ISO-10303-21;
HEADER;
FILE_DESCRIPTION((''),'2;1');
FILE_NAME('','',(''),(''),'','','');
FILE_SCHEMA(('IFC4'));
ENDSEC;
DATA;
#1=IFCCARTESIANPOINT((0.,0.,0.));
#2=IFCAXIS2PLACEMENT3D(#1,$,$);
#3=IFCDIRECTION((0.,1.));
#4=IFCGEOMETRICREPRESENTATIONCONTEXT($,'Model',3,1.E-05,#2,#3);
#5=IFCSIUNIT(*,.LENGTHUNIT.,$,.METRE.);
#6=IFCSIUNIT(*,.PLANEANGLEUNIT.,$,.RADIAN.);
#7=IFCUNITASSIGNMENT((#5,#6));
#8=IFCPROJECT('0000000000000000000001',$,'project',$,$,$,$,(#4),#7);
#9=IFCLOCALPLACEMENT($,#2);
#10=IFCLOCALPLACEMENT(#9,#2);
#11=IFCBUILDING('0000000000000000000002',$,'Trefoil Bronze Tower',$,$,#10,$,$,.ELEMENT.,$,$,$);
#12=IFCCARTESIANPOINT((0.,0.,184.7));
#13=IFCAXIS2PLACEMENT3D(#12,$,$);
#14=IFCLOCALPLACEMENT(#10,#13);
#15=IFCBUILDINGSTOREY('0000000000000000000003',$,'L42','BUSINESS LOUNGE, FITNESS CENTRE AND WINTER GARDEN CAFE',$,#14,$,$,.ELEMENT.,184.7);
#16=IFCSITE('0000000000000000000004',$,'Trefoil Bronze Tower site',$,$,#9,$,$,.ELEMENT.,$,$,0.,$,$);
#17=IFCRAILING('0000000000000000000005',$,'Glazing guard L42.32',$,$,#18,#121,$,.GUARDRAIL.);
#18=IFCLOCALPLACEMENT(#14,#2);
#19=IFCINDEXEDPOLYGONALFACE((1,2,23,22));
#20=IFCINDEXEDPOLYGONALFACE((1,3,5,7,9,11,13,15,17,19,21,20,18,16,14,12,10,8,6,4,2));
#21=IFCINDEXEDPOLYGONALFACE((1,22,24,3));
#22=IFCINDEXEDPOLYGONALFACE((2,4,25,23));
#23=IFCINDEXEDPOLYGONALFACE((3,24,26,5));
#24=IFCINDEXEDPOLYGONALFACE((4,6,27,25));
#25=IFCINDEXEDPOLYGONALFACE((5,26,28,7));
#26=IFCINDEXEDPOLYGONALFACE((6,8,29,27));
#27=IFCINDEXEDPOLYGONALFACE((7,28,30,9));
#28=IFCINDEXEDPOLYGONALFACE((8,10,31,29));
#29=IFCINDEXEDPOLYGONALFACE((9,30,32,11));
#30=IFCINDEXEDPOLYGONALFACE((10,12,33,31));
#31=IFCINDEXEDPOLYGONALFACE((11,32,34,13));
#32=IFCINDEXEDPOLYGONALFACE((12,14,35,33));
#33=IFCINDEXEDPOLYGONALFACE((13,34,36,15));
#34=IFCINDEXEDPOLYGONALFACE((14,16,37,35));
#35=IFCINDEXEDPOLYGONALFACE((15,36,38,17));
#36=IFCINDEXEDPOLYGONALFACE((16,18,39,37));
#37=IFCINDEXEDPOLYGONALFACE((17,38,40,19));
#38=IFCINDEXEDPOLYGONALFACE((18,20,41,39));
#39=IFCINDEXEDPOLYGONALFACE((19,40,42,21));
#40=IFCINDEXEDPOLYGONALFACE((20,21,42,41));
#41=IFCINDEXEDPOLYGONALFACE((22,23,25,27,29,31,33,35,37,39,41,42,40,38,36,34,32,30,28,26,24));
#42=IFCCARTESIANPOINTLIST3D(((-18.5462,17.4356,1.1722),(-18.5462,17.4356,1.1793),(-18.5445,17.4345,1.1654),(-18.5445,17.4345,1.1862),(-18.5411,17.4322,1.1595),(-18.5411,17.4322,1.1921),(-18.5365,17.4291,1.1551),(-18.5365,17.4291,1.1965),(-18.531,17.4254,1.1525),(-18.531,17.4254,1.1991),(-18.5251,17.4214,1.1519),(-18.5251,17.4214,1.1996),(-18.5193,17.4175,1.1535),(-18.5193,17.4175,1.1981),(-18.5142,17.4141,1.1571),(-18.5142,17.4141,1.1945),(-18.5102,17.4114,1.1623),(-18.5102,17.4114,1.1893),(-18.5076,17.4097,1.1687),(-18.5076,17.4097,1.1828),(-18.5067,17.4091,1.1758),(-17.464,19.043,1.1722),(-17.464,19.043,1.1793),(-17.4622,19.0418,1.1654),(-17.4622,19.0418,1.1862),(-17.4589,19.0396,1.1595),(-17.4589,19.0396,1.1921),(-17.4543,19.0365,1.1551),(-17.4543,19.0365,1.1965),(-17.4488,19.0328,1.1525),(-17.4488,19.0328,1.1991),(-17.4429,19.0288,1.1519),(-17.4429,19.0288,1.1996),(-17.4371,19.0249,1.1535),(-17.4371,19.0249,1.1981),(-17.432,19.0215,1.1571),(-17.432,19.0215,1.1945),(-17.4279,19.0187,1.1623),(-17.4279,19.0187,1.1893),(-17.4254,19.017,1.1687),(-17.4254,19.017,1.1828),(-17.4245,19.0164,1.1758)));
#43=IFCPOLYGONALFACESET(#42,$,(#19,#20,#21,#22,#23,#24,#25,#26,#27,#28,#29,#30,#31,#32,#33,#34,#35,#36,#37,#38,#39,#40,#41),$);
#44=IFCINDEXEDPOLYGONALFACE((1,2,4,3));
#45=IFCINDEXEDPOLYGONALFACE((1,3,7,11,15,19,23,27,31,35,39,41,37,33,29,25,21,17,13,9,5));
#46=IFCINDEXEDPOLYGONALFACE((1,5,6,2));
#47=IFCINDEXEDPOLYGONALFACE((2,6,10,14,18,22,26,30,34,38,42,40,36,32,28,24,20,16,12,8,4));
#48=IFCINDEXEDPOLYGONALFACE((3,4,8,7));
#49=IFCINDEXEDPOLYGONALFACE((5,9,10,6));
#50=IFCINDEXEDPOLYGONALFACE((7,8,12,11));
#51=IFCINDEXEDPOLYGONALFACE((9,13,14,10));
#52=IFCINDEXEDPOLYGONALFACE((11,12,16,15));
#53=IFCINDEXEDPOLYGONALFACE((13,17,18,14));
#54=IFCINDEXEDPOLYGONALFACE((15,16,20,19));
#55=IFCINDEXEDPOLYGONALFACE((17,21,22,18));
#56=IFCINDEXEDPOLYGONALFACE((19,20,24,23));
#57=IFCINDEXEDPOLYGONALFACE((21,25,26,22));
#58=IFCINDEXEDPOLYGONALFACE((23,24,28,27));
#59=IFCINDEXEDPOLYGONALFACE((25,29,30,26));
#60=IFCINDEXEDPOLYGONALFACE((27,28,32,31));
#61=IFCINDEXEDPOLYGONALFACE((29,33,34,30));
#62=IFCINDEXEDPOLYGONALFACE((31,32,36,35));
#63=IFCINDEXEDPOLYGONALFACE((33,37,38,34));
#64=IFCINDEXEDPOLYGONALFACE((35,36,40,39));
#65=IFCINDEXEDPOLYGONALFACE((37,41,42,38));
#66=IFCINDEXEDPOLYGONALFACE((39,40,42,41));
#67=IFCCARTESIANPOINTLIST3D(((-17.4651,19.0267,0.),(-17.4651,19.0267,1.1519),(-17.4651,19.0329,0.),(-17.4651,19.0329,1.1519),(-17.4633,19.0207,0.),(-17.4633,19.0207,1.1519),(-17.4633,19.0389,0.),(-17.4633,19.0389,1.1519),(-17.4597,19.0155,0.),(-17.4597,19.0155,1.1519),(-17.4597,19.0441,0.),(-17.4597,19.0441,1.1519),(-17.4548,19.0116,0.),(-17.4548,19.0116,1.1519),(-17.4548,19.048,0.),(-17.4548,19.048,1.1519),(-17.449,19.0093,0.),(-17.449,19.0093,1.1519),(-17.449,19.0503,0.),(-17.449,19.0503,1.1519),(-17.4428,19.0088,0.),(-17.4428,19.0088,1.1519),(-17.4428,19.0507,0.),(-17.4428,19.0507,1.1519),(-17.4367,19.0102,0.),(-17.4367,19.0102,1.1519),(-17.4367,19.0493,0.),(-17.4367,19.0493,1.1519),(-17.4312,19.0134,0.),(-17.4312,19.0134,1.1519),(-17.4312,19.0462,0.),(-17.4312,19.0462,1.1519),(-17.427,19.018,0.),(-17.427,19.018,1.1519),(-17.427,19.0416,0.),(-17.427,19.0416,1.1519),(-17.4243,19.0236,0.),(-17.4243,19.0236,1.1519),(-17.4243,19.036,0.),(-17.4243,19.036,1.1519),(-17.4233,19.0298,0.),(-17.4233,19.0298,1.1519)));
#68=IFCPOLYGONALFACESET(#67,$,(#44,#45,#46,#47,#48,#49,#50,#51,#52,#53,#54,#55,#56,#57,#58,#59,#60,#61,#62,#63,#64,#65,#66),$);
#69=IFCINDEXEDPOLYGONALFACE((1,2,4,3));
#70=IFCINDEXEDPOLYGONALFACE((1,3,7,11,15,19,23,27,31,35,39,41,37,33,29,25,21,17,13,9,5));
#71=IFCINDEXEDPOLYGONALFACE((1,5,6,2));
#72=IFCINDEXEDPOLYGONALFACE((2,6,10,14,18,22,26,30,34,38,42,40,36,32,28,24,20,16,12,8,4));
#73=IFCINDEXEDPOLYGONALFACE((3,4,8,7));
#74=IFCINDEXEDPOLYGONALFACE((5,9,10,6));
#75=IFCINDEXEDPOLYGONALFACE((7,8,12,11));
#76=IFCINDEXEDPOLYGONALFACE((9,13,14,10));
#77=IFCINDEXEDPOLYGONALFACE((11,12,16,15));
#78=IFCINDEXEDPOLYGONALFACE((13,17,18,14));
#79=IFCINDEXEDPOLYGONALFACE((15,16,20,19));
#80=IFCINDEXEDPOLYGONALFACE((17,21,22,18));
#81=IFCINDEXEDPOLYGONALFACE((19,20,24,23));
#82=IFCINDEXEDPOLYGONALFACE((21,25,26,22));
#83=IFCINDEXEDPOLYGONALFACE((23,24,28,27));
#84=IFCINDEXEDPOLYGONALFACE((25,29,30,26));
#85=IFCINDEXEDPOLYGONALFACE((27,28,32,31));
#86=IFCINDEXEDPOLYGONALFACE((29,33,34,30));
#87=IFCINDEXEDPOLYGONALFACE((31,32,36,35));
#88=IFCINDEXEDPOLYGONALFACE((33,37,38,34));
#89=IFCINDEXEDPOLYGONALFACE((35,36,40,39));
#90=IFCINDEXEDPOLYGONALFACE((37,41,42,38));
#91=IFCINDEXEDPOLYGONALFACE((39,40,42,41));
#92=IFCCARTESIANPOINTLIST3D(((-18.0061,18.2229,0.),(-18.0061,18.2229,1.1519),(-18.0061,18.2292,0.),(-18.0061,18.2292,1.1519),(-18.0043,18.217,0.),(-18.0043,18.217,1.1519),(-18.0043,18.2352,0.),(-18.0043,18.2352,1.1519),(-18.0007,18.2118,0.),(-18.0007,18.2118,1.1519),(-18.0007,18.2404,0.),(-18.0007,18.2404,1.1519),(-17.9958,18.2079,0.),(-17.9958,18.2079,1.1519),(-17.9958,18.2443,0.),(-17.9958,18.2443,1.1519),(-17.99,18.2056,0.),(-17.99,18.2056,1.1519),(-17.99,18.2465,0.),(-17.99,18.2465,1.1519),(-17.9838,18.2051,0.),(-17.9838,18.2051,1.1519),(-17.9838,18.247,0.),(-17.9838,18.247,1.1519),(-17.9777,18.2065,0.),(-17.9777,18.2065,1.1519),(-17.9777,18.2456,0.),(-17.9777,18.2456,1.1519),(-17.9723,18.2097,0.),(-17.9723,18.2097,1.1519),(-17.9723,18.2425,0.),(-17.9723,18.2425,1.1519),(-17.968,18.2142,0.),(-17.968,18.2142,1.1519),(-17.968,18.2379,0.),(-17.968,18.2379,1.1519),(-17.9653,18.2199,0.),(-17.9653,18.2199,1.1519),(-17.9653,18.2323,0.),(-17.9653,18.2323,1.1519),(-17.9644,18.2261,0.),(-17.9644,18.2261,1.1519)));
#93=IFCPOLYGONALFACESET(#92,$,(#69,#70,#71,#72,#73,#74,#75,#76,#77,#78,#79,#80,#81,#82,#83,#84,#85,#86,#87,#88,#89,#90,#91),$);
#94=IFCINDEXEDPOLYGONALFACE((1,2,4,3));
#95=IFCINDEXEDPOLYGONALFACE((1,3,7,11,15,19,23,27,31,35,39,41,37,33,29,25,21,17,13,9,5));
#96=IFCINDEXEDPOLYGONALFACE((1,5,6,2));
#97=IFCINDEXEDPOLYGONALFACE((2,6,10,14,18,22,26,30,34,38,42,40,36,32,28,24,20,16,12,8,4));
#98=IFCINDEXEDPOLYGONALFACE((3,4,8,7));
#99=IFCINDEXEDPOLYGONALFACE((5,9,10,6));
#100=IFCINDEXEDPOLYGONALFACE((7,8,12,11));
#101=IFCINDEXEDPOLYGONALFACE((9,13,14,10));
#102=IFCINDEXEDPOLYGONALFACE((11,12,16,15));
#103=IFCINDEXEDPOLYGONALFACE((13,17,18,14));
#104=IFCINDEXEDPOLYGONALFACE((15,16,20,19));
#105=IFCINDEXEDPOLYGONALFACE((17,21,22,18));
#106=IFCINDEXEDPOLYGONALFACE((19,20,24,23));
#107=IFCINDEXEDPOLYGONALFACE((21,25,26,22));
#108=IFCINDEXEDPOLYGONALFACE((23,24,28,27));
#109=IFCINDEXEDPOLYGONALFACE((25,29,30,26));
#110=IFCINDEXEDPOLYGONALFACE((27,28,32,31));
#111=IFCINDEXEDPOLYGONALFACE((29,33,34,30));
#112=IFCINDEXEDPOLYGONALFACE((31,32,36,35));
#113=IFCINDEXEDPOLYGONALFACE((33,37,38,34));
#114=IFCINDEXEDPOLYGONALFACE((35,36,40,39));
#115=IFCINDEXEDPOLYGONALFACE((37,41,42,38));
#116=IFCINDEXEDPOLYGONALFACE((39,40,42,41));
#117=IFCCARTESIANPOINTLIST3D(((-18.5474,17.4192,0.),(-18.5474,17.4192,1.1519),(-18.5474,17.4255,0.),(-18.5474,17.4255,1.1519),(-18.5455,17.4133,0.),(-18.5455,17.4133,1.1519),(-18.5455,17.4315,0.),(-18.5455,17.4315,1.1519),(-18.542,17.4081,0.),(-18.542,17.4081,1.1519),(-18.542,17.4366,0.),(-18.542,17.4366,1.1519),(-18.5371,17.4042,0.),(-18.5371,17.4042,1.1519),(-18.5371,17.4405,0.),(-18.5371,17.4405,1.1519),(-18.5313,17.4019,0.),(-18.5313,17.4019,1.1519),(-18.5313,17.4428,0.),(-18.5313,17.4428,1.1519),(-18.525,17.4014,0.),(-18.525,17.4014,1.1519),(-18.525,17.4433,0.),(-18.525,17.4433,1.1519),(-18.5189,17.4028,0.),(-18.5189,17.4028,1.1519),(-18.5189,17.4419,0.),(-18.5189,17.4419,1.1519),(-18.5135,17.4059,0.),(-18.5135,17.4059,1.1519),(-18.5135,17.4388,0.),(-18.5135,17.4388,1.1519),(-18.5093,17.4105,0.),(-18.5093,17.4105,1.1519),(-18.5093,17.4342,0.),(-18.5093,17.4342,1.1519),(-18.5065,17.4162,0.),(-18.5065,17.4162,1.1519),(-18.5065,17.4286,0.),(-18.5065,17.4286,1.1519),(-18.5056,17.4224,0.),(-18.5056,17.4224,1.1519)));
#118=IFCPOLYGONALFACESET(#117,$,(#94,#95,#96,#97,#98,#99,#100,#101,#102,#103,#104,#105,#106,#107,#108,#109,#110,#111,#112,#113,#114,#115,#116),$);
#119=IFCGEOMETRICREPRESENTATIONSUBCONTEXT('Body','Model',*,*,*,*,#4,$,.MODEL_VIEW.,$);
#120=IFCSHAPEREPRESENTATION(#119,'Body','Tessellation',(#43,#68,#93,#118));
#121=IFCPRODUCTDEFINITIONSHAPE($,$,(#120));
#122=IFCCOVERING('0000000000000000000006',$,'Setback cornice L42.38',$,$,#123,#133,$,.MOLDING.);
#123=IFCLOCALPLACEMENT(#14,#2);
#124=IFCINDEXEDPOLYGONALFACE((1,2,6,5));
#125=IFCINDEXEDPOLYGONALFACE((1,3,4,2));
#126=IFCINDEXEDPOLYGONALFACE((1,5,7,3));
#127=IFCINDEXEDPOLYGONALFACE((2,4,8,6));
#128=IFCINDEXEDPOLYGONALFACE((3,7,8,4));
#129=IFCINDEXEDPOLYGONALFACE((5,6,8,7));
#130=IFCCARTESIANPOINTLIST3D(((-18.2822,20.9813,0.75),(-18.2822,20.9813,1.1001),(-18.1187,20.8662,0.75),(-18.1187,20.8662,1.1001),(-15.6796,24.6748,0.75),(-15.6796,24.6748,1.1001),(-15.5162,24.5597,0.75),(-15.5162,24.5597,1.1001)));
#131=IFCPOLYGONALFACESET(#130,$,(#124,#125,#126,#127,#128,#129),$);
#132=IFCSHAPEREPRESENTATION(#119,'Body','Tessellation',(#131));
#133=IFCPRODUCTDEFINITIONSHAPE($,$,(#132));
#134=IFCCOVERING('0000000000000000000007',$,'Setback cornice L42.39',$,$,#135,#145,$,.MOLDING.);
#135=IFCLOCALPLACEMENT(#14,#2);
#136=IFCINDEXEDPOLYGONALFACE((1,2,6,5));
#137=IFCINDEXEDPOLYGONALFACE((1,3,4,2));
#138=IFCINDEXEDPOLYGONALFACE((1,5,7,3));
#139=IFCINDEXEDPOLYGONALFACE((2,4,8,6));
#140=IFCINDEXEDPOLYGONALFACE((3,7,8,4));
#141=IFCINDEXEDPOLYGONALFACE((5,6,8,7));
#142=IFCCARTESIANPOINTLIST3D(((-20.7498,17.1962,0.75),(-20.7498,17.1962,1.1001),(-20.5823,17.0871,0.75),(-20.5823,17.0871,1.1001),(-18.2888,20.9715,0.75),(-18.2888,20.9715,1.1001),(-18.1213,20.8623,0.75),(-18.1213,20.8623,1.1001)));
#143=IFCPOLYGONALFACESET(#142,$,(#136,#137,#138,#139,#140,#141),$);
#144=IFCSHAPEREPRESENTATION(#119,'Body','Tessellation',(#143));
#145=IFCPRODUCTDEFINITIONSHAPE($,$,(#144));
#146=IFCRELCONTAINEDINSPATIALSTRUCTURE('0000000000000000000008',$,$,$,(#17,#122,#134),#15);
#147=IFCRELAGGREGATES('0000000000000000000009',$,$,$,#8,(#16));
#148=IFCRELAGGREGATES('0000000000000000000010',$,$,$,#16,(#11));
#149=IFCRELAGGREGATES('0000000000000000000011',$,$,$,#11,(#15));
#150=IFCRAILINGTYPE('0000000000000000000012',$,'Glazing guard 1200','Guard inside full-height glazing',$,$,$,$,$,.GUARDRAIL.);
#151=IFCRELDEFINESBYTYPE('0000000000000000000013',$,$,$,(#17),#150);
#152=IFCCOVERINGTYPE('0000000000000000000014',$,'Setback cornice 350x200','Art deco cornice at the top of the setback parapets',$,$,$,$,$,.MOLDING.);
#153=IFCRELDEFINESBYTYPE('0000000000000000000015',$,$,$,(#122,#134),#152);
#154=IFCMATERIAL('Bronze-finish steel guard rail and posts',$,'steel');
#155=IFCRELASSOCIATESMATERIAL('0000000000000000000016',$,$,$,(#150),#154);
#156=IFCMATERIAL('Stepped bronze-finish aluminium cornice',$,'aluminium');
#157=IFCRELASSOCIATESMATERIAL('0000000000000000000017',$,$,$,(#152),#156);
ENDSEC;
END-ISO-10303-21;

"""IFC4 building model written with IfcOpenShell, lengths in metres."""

from ifc_helpers import new_model, si_unit, direction, frame, origin, origin_2d, place, context, subcontext, project, spatial, rectangle, circle, extrude, material, type_object, element, save


model = new_model("IFC4")

# Units and contexts
model_context = context("Model", 3, precision=1e-05, world=origin(), true_north=direction((0.0, 1.0)))
body_context = subcontext(model_context, "Body", "Model", "MODEL_VIEW")
ifc_project = project(units=[si_unit("LENGTHUNIT", "METRE"), si_unit("PLANEANGLEUNIT", "RADIAN")], contexts=[model_context])

# Site, building, storey
site_placement = place(None, origin())
site = spatial("IfcSite", under=ifc_project, at=site_placement, Name="Trefoil Bronze Tower site", CompositionType="ELEMENT", RefElevation=0.0)
building_placement = place(site_placement, origin())
building = spatial("IfcBuilding", under=site, at=building_placement, Name="Trefoil Bronze Tower", CompositionType="ELEMENT")
storey_placement = place(building_placement, frame((0.0, 0.0, 184.7)))
storey = spatial("IfcBuildingStorey", under=building, at=storey_placement, Name="L42", Description="BUSINESS LOUNGE, FITNESS CENTRE AND WINTER GARDEN CAFE", CompositionType="ELEMENT", Elevation=184.7)

# Railing
ifc_material_1 = material(Name="Bronze-finish steel guard rail and posts", Category="steel")
railing_type = type_object("IfcRailingType", Name="Glazing guard 1200", Description="Guard inside full-height glazing", PredefinedType="GUARDRAIL", material=ifc_material_1)
railing_1_placement = place(storey_placement, frame((-17.4443, 19.0298, 0.0)))
element("IfcRailing", 1, at=railing_1_placement, inside=storey, type_object=railing_type, Name="Glazing guard L42.32", PredefinedType="GUARDRAIL", context=body_context, shape_type="SweptSolid", body=[
    extrude(circle(Radius=0.0239, at=origin_2d()), frame((0.0, 0.0, 1.1758), z_axis=(-0.558503, -0.829502, 0.0), x_axis=(0.829502, -0.558503, 0.0)), (0.0, 0.0, 1.0), 1.9377),
    extrude(circle(Radius=0.021, at=origin_2d()), origin(), (0.0, 0.0, 1.0), 1.1519),
    extrude(circle(Radius=0.021, at=origin_2d()), frame((-0.541, -0.8037, 0.0)), (0.0, 0.0, 1.0), 1.1519),
    extrude(circle(Radius=0.021, at=origin_2d()), frame((-1.0823, -1.6074, 0.0)), (0.0, 0.0, 1.0), 1.1519),
])

# Coverings
ifc_material_2 = material(Name="Stepped bronze-finish aluminium cornice", Category="aluminium")
covering_type = type_object("IfcCoveringType", Name="Setback cornice 350x200", Description="Art deco cornice at the top of the setback parapets", PredefinedType="MOLDING", material=ifc_material_2)
covering_1_placement = place(storey_placement, frame((-16.8992, 22.7705, 0.75), z_axis=(0.0, 0.0, 1.0), x_axis=(-0.575999, -0.81745, 0.0)))
element("IfcCovering", 2, at=covering_1_placement, inside=storey, type_object=covering_type, Name="Setback cornice L42.38", PredefinedType="MOLDING", context=body_context, shape_type="SweptSolid", body=[
    extrude(rectangle(XDim=4.5183, YDim=0.2, at=origin_2d()), origin(), (0.0, 0.0, 1.0), 0.3501),
])
covering_2_placement = place(storey_placement, frame((-19.4355, 19.0293, 0.75), z_axis=(0.0, 0.0, 1.0), x_axis=(-0.546089, -0.837727, 0.0)))
element("IfcCovering", 3, at=covering_2_placement, inside=storey, type_object=covering_type, Name="Setback cornice L42.39", PredefinedType="MOLDING", context=body_context, shape_type="SweptSolid", body=[
    extrude(rectangle(XDim=4.5066, YDim=0.2, at=origin_2d()), origin(), (0.0, 0.0, 1.0), 0.3501),
])

save(model, "model.ifc")
